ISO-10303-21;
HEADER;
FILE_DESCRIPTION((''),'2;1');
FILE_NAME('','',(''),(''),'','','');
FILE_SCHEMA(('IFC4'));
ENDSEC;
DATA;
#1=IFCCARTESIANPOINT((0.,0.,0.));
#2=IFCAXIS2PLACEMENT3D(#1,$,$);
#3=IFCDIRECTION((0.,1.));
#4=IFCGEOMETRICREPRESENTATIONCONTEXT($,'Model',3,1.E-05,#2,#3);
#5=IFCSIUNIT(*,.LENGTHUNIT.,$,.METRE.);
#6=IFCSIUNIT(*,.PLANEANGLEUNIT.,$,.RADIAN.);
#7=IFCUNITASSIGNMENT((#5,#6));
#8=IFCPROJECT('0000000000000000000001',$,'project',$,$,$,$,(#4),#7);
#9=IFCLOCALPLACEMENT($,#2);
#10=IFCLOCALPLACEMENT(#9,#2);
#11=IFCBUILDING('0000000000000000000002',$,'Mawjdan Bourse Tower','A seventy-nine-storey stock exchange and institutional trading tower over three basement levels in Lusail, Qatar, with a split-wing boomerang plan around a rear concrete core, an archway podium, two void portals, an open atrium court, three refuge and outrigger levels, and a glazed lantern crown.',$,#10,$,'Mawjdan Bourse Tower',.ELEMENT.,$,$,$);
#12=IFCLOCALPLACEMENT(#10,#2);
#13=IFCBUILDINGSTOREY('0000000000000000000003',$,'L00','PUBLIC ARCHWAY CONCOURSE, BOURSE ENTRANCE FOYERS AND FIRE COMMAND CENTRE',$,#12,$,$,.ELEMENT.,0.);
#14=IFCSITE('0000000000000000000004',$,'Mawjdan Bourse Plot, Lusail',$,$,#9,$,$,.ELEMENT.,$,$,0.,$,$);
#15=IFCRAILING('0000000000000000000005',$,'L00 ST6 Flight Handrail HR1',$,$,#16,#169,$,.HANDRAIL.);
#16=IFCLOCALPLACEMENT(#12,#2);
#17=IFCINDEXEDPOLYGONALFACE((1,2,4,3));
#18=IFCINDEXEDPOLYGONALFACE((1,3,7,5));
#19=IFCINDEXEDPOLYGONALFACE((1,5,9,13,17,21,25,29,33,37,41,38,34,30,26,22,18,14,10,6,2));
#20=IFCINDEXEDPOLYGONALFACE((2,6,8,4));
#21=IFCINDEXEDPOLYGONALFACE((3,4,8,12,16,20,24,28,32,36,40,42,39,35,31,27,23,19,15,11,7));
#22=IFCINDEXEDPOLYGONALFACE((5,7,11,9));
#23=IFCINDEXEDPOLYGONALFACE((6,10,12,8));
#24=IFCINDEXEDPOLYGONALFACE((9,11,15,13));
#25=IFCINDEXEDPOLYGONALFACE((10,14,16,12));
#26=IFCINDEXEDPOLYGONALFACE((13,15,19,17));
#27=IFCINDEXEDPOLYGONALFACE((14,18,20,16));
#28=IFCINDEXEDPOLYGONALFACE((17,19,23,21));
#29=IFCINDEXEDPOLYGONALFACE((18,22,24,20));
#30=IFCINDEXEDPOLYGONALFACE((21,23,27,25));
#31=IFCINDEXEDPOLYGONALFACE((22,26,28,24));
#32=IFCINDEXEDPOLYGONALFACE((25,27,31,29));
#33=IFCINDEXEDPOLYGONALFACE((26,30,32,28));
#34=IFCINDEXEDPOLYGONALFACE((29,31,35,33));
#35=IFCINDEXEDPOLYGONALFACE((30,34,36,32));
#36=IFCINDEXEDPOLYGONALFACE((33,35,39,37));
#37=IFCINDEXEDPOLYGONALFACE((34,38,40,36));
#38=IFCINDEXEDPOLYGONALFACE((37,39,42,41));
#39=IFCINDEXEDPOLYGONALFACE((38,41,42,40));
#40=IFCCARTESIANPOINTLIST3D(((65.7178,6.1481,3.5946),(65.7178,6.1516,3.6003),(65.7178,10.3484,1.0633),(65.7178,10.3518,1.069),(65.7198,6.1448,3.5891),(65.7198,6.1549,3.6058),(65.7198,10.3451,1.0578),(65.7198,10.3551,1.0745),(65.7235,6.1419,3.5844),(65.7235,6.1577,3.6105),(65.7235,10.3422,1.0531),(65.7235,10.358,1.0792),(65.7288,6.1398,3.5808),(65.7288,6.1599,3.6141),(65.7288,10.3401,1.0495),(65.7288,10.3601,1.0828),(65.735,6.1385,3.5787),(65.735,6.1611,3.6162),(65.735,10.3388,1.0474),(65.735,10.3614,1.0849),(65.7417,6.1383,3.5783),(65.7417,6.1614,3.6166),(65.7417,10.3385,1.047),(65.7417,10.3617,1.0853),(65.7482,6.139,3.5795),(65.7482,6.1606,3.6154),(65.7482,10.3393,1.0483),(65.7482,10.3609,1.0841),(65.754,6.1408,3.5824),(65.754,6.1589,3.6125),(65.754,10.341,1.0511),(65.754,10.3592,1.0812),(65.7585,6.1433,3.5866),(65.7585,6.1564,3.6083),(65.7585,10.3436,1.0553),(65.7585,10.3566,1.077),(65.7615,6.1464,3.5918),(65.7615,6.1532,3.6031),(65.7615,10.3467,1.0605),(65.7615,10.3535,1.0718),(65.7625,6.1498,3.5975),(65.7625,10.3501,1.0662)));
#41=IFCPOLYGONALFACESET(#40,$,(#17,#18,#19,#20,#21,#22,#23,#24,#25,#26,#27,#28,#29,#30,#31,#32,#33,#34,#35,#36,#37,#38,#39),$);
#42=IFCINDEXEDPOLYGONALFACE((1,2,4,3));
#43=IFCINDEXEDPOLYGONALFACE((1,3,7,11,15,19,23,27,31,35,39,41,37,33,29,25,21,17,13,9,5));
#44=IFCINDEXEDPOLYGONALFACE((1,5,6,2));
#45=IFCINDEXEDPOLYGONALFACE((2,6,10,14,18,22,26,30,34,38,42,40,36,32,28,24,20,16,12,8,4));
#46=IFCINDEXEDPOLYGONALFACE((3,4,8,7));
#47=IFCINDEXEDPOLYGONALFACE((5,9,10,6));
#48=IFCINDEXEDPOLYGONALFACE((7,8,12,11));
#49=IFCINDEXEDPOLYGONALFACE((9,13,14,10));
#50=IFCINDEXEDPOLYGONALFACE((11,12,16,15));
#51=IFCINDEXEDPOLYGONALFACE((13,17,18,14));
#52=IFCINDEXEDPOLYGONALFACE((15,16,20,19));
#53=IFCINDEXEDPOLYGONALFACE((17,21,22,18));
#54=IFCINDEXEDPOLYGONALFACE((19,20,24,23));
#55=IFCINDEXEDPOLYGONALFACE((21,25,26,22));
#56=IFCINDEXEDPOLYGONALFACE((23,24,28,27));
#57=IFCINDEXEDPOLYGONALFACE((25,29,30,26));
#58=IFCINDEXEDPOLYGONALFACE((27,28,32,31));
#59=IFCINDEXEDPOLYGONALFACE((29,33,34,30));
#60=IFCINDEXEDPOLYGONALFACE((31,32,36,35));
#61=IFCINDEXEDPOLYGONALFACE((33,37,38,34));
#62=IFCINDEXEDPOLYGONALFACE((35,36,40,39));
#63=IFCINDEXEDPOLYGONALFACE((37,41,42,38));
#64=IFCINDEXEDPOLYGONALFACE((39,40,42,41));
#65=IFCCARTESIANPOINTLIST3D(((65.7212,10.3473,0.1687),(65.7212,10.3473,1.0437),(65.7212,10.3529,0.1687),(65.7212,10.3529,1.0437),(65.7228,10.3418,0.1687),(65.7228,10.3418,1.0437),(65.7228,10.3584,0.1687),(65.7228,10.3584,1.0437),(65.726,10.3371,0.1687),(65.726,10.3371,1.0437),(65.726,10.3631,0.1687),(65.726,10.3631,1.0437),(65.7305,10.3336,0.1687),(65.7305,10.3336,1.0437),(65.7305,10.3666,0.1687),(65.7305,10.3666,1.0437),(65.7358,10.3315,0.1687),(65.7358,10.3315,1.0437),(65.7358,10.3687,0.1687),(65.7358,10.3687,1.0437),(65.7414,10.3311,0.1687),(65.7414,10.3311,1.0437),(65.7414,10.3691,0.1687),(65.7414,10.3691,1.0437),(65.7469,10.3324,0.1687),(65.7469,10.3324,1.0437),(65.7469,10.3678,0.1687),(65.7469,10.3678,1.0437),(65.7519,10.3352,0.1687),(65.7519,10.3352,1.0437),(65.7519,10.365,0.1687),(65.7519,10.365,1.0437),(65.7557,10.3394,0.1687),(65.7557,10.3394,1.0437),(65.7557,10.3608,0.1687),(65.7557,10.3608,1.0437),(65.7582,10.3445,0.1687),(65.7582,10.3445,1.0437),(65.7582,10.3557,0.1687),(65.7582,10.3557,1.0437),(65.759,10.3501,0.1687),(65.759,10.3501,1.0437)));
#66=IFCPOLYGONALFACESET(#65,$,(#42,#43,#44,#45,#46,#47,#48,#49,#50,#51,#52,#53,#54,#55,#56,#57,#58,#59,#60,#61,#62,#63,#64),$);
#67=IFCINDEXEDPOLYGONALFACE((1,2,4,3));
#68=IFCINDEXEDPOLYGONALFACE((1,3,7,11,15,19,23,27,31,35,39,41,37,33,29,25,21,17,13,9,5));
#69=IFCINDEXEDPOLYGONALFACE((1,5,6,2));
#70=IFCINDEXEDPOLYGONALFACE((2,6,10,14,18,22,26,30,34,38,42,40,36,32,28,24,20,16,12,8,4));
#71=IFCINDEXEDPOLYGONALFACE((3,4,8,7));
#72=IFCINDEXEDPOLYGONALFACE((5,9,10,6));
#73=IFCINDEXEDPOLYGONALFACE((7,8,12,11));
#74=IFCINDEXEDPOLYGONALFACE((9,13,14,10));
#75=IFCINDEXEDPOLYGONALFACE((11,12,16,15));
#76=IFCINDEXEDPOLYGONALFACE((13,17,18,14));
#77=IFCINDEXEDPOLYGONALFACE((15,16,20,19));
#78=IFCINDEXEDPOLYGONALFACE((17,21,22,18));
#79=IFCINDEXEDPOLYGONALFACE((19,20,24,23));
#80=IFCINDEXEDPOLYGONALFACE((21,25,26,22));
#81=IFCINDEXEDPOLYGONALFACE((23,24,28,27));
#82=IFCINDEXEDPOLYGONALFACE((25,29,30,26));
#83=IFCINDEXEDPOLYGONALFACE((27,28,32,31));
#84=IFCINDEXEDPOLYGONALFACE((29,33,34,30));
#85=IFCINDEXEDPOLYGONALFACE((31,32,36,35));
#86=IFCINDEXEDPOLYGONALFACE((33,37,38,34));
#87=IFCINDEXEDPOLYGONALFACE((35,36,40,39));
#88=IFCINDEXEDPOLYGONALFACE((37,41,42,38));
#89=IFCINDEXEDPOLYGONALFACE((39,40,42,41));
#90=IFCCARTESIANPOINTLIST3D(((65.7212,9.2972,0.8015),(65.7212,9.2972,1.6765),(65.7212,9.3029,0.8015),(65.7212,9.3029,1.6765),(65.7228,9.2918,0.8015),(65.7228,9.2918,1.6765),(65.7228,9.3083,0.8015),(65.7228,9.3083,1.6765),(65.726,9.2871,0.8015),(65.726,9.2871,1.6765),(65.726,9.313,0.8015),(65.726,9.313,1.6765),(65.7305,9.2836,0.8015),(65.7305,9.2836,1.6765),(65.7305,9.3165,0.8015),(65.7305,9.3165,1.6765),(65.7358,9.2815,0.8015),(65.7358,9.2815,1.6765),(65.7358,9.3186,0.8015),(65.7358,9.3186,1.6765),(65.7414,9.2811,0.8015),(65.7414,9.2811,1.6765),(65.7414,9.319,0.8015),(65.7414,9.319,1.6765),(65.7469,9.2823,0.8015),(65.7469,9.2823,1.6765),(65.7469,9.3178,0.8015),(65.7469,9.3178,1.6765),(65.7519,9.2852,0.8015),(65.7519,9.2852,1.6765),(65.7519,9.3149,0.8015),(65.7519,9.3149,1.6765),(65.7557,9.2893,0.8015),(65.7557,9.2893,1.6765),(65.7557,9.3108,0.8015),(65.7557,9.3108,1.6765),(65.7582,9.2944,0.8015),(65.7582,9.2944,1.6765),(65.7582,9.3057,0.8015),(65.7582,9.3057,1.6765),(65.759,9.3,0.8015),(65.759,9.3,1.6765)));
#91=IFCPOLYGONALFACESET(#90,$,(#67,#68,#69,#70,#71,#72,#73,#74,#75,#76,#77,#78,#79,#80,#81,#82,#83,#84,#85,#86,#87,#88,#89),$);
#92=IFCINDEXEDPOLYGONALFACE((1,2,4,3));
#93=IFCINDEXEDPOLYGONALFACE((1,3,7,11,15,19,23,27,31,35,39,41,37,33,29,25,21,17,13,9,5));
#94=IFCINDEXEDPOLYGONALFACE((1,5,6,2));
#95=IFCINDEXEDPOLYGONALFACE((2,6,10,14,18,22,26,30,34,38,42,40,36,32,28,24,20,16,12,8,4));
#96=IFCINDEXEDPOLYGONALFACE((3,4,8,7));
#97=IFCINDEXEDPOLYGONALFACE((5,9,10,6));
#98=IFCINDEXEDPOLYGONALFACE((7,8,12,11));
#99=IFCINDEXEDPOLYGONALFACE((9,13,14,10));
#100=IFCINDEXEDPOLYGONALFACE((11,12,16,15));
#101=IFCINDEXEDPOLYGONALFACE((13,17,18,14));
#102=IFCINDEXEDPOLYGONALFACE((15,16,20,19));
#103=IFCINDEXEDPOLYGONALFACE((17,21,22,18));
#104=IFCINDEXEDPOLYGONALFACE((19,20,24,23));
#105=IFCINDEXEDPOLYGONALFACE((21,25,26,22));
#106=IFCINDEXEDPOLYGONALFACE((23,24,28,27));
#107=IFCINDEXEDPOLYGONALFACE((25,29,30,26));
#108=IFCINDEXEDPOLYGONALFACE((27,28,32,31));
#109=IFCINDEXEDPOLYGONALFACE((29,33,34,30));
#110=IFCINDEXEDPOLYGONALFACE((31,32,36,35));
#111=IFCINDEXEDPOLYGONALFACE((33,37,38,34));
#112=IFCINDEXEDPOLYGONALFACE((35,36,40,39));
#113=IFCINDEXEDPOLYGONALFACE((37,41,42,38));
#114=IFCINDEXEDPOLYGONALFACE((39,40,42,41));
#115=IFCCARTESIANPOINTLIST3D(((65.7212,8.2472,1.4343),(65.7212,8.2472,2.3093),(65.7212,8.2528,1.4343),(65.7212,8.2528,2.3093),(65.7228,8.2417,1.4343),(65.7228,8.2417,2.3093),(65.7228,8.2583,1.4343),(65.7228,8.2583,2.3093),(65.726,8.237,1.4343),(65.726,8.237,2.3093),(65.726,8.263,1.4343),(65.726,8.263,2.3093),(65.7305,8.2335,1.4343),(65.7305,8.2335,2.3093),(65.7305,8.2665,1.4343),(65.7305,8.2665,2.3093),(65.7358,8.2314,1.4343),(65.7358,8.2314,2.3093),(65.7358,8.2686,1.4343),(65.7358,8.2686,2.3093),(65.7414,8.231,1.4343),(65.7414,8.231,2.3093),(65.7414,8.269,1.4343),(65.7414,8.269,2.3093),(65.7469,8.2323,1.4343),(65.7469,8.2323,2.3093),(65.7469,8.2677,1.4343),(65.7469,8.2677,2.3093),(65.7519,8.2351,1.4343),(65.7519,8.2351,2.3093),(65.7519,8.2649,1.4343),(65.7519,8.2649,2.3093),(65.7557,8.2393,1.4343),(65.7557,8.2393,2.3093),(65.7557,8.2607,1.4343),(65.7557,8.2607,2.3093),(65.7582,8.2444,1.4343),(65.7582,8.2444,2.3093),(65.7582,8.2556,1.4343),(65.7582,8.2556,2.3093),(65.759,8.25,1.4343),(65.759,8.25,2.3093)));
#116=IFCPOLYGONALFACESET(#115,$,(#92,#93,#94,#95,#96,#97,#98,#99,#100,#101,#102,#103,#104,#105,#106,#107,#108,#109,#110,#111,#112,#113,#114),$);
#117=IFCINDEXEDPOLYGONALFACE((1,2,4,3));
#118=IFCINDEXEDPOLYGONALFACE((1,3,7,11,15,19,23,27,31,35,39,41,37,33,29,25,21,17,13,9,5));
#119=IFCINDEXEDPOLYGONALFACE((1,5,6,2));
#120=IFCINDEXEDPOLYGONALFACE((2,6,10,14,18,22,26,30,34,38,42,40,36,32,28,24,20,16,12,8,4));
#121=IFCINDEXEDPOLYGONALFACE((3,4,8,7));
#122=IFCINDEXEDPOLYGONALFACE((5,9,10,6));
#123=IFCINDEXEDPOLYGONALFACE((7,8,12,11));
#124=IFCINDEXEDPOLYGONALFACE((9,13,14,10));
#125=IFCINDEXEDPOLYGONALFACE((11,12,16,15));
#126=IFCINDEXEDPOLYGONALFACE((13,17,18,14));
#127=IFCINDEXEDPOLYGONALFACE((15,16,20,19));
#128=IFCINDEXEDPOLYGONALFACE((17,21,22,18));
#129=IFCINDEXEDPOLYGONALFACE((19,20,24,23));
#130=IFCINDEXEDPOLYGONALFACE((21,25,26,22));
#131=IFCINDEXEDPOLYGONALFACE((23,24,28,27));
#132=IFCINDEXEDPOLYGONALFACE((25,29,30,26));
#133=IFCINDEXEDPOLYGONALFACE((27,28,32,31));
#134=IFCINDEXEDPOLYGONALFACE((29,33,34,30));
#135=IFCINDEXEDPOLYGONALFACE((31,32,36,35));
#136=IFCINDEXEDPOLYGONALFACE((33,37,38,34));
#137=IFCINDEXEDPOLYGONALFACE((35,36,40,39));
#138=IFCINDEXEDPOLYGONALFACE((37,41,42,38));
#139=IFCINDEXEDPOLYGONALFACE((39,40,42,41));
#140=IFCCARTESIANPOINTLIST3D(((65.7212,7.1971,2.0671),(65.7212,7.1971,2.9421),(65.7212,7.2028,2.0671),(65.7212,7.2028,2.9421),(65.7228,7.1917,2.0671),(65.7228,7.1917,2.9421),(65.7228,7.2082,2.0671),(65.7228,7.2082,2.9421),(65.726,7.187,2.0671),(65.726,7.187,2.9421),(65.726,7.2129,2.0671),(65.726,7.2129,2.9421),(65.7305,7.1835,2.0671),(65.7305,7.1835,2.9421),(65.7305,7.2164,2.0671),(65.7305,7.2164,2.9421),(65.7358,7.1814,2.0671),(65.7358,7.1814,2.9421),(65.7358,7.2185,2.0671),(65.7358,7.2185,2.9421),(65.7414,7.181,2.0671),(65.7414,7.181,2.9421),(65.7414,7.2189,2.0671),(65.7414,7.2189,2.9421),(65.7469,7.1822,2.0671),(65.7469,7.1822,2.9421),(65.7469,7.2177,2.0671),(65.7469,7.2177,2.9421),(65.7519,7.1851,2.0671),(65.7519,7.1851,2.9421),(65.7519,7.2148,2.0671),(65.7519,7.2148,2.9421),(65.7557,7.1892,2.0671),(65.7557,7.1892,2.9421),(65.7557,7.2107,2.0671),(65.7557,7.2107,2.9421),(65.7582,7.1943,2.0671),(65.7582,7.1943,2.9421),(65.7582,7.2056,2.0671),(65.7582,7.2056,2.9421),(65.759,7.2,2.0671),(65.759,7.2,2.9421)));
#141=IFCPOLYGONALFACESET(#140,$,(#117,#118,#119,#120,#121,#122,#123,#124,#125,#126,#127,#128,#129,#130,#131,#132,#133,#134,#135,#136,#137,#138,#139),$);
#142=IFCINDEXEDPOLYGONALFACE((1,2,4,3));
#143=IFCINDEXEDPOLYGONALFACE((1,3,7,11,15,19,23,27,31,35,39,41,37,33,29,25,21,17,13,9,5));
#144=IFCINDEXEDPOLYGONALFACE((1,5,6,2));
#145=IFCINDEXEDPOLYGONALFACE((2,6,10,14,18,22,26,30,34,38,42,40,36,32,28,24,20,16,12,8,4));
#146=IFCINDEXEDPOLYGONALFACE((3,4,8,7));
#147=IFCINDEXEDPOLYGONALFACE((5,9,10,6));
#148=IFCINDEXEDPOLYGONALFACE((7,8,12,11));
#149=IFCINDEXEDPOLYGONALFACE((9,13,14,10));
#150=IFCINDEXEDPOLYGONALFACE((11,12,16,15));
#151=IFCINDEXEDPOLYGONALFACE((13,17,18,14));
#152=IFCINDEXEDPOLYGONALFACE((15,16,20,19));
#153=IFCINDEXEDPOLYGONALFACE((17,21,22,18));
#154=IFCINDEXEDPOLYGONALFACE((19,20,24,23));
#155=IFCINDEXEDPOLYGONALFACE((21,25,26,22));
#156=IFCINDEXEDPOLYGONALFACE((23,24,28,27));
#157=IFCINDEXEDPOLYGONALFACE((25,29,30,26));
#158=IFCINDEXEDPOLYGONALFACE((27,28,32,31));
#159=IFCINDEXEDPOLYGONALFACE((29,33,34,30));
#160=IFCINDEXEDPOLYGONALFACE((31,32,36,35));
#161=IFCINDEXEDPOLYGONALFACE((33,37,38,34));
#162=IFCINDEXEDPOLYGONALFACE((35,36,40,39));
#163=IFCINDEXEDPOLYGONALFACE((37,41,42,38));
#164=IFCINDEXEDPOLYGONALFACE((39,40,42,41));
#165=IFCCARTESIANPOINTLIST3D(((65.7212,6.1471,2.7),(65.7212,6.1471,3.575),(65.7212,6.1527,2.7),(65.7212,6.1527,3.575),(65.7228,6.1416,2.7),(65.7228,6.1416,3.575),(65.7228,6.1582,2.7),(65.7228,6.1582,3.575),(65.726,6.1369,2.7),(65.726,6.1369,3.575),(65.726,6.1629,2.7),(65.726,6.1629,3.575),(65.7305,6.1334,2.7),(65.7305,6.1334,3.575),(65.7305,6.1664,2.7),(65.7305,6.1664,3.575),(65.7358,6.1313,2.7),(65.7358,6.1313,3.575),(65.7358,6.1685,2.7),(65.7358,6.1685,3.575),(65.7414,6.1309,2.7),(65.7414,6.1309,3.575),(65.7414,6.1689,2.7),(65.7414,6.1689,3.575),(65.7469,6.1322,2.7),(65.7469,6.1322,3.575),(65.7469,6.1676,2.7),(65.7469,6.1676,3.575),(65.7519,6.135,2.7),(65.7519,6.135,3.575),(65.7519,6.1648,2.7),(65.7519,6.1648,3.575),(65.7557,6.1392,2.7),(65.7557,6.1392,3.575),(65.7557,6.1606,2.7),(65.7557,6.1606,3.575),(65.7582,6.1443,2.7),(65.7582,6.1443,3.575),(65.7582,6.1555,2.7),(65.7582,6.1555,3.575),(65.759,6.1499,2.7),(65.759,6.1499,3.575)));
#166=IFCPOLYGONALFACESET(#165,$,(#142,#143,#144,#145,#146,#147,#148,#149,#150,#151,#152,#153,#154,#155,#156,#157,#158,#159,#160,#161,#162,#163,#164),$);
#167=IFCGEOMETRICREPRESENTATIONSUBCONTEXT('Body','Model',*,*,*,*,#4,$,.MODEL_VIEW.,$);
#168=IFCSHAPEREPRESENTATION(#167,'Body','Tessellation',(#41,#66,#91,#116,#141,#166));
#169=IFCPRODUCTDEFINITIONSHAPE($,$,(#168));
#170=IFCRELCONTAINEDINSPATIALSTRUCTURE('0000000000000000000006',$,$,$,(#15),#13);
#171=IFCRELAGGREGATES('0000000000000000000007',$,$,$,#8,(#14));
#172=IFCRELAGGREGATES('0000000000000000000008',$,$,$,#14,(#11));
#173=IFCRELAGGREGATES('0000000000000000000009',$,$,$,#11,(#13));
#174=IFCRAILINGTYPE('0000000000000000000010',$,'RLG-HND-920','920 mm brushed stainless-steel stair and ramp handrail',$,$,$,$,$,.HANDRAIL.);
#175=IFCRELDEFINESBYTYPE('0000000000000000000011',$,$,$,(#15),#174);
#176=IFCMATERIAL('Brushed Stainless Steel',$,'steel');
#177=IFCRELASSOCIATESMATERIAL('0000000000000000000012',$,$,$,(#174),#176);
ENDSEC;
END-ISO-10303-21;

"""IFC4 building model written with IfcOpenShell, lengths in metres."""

from ifc_helpers import new_model, si_unit, direction, frame, origin, origin_2d, place, context, subcontext, project, spatial, circle, extrude, material, type_object, element, save


model = new_model("IFC4")

# Units and contexts
model_context = context("Model", 3, precision=1e-05, world=origin(), true_north=direction((0.0, 1.0)))
body_context = subcontext(model_context, "Body", "Model", "MODEL_VIEW")
ifc_project = project(units=[si_unit("LENGTHUNIT", "METRE"), si_unit("PLANEANGLEUNIT", "RADIAN")], contexts=[model_context])

# Site, building, storey
site_placement = place(None, origin())
site = spatial("IfcSite", under=ifc_project, at=site_placement, Name="Mawjdan Bourse Plot, Lusail", CompositionType="ELEMENT", RefElevation=0.0)
building_placement = place(site_placement, origin())
building = spatial("IfcBuilding", under=site, at=building_placement, Name="Mawjdan Bourse Tower", Description="A seventy-nine-storey stock exchange and institutional trading tower over three basement levels in Lusail, Qatar, with a split-wing boomerang plan around a rear concrete core, an archway podium, two void portals, an open atrium court, three refuge and outrigger levels, and a glazed lantern crown.", LongName="Mawjdan Bourse Tower", CompositionType="ELEMENT")
storey_placement = place(building_placement, origin())
storey = spatial("IfcBuildingStorey", under=building, at=storey_placement, Name="L00", Description="PUBLIC ARCHWAY CONCOURSE, BOURSE ENTRANCE FOYERS AND FIRE COMMAND CENTRE", CompositionType="ELEMENT", Elevation=0.0)

# Railing
ifc_material_1 = material(Name="Brushed Stainless Steel", Category="steel")
railing_type_1 = type_object("IfcRailingType", Name="RLG-HND-920", Description="920 mm brushed stainless-steel stair and ramp handrail", PredefinedType="HANDRAIL", material=ifc_material_1)
railing_1_placement = place(storey_placement, frame((65.74, 10.3501, 0.1687)))
element("IfcRailing", 1, at=railing_1_placement, inside=storey, type_object=railing_type_1, Name="L00 ST6 Flight Handrail HR1", PredefinedType="HANDRAIL", context=body_context, shape_type="SweptSolid", body=[
    extrude(circle(Radius=0.0225, at=origin_2d()), frame((0.0, 0.0, 0.8975), z_axis=(0.0, -0.85649, 0.516164), x_axis=(1.0, 0.0, 0.0)), (0.0, 0.0, 1.0), 4.9041),
    extrude(circle(Radius=0.019, at=origin_2d()), origin(), (0.0, 0.0, 1.0), 0.875),
    extrude(circle(Radius=0.019, at=origin_2d()), frame((0.0, -1.05, 0.6328)), (0.0, 0.0, 1.0), 0.875),
    extrude(circle(Radius=0.019, at=origin_2d()), frame((0.0, -2.1001, 1.2656)), (0.0, 0.0, 1.0), 0.875),
    extrude(circle(Radius=0.019, at=origin_2d()), frame((0.0, -3.1501, 1.8984)), (0.0, 0.0, 1.0), 0.875),
    extrude(circle(Radius=0.019, at=origin_2d()), frame((0.0, -4.2002, 2.5312)), (0.0, 0.0, 1.0), 0.875),
])

save(model, "model.ifc")
